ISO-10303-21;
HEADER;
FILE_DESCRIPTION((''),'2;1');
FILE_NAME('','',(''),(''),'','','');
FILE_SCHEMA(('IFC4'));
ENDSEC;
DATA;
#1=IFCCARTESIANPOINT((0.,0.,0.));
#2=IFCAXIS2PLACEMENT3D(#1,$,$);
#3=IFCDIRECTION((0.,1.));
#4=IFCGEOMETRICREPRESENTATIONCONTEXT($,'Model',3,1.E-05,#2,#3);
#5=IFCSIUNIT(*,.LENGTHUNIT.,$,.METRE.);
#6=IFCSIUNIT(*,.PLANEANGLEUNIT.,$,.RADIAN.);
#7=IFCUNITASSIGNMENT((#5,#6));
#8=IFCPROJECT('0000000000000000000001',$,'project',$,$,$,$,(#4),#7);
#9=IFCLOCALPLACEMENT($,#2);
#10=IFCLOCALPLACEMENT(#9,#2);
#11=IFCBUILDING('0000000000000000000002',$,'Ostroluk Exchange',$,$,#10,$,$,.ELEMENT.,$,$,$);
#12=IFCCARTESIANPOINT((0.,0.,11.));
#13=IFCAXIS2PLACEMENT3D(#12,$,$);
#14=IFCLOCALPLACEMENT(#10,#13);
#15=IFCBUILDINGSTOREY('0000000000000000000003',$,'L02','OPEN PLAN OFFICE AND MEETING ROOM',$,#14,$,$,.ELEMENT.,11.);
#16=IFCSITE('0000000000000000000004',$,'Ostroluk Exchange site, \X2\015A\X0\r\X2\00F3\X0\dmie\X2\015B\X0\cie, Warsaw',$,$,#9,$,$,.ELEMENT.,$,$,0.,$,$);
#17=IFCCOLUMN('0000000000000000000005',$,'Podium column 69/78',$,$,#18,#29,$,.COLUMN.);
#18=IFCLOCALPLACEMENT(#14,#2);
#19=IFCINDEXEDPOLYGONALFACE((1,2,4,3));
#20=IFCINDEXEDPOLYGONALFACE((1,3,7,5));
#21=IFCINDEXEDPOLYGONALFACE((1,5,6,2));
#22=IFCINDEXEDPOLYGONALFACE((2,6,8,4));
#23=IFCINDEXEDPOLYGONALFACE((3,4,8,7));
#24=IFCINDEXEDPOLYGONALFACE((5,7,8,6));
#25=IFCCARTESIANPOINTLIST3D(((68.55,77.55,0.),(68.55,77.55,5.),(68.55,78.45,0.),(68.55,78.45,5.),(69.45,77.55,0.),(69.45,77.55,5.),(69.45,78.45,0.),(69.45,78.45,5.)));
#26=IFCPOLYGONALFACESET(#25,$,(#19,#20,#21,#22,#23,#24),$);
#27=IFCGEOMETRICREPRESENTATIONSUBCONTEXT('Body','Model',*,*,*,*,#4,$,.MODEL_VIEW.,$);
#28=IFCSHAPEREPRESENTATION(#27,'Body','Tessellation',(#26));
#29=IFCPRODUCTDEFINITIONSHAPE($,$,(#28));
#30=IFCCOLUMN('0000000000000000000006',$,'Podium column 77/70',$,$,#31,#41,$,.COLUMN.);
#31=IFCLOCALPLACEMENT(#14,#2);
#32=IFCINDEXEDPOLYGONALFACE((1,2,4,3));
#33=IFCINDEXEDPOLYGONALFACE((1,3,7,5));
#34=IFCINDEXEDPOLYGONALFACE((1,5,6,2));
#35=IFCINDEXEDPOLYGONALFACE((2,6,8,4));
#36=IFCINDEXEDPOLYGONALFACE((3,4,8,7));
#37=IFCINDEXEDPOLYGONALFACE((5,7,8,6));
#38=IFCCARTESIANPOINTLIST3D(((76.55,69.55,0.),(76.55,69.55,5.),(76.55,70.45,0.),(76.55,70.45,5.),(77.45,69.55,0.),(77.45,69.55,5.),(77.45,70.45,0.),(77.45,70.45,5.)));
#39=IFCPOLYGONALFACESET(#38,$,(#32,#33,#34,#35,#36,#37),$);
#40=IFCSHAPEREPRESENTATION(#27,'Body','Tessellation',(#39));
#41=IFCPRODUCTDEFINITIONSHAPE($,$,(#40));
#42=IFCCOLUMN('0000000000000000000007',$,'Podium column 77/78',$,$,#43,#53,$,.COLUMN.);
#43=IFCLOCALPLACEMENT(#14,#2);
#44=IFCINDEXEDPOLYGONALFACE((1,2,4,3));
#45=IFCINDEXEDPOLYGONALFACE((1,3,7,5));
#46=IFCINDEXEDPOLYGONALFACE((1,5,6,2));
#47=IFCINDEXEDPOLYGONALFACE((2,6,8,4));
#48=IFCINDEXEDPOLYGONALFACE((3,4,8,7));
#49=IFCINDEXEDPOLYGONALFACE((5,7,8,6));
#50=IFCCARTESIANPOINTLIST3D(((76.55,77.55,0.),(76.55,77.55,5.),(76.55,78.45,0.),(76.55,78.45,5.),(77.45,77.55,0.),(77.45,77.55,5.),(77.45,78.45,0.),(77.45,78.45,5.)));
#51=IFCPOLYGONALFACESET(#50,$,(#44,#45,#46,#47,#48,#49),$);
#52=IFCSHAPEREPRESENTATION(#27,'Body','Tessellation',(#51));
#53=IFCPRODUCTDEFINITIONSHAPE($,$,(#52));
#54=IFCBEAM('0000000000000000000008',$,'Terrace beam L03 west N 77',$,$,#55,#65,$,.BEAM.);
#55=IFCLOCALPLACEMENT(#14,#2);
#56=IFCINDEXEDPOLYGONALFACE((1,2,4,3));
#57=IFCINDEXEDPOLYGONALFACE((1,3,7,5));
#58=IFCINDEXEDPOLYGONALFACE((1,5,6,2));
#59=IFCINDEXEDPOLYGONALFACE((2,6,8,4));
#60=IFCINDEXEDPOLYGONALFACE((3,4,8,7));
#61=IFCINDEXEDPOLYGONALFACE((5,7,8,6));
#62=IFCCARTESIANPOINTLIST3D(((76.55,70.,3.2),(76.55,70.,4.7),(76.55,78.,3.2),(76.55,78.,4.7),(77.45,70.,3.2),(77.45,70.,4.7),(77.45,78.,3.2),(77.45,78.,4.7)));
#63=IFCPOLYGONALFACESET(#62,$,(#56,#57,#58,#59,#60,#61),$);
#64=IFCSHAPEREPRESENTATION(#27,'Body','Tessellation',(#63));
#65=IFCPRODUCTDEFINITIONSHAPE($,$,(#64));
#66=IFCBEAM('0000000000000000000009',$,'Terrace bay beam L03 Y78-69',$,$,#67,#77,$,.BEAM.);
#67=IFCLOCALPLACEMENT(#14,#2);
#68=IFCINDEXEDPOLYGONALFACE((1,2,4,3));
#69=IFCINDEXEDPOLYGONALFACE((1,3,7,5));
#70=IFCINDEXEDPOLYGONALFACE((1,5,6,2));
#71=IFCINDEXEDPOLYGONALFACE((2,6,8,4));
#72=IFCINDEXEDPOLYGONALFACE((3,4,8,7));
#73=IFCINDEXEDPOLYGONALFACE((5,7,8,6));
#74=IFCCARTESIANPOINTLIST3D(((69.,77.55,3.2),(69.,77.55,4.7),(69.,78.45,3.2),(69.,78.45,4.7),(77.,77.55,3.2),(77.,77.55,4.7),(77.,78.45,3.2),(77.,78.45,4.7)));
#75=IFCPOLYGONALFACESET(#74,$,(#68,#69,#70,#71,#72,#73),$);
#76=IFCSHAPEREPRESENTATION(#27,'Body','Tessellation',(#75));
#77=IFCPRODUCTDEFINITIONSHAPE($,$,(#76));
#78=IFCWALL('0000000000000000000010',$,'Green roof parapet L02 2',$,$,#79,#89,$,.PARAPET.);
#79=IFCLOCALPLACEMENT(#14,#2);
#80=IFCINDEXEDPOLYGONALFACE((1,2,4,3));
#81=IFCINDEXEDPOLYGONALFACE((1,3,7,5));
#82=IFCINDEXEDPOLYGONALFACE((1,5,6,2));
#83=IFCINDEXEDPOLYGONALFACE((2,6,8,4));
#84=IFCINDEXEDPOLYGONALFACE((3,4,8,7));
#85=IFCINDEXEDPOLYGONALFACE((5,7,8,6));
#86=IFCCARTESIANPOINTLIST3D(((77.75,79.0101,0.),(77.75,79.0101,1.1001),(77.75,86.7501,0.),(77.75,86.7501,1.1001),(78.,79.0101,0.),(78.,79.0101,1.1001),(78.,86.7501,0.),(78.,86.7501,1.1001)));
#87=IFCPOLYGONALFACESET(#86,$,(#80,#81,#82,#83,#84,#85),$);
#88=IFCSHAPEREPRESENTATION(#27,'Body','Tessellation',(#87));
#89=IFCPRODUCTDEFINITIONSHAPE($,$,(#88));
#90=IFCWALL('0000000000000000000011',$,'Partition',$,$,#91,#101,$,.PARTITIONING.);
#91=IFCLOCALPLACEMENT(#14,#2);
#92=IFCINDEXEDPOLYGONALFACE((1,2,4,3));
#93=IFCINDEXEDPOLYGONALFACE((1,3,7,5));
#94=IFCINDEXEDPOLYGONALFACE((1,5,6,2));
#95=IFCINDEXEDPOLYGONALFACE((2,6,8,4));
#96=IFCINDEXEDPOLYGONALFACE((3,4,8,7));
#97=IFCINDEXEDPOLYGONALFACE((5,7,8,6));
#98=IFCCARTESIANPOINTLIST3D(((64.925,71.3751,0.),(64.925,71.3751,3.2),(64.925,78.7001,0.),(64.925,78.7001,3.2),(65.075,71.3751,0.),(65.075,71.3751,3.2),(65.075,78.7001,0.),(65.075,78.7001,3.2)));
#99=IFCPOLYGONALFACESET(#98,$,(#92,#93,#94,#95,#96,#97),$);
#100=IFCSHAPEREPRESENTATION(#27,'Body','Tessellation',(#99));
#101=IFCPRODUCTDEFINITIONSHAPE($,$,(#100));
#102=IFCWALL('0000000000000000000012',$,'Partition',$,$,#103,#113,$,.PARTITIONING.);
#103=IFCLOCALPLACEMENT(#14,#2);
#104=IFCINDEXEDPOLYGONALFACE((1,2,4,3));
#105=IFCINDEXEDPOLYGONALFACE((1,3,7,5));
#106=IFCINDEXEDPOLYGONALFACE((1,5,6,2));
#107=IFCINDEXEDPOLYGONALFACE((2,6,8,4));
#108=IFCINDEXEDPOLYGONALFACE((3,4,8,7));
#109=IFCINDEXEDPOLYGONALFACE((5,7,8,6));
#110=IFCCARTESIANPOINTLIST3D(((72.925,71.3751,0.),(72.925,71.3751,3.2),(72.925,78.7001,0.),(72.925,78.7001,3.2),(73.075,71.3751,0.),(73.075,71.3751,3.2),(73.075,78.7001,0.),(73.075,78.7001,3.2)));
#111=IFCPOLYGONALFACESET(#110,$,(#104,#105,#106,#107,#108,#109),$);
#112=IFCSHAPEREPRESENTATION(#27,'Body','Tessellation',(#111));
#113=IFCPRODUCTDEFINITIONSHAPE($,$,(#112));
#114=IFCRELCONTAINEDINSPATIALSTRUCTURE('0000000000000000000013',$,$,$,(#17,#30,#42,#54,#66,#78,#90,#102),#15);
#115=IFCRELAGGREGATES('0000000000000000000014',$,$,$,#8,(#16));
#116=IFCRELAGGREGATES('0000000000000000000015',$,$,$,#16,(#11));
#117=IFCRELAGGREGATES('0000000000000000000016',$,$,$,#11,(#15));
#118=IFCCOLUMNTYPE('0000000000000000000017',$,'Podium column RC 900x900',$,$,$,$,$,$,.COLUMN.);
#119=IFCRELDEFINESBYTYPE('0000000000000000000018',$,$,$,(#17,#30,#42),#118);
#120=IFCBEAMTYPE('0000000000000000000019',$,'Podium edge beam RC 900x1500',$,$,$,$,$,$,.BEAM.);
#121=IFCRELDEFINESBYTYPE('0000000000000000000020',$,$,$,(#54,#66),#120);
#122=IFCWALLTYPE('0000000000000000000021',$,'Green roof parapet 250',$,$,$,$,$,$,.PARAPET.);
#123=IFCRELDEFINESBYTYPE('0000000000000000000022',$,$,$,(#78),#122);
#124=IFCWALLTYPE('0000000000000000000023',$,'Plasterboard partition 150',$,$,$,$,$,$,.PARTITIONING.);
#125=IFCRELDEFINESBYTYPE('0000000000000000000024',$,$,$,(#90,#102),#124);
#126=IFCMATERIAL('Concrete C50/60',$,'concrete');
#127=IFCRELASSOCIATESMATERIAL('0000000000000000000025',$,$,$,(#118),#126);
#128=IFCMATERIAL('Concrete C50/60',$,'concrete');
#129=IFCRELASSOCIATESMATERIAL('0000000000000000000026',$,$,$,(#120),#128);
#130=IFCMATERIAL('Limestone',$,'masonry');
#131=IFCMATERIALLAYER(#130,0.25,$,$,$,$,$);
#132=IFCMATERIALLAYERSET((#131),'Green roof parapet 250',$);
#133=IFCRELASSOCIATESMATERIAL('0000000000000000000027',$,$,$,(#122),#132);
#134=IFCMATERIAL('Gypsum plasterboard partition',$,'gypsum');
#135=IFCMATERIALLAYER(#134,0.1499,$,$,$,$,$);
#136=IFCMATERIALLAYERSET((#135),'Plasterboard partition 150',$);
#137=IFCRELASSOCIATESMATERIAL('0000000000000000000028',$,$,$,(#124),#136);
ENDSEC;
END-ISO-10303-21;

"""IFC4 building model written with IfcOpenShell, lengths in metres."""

from ifc_helpers import new_model, si_unit, direction, frame, frame_2d, origin, origin_2d, place, context, subcontext, project, spatial, rectangle, extrude, material, layer, layer_set, material_profile, profile_set, type_object, element, save


model = new_model("IFC4")

# Units and contexts
model_context = context("Model", 3, precision=1e-05, world=origin(), true_north=direction((0.0, 1.0)))
body_context = subcontext(model_context, "Body", "Model", "MODEL_VIEW")
ifc_project = project(units=[si_unit("LENGTHUNIT", "METRE"), si_unit("PLANEANGLEUNIT", "RADIAN")], contexts=[model_context])

# Site, building, storey
site_placement = place(None, origin())
site = spatial("IfcSite", under=ifc_project, at=site_placement, Name="Ostroluk Exchange site, Śródmieście, Warsaw", CompositionType="ELEMENT", RefElevation=0.0)
building_placement = place(site_placement, origin())
building = spatial("IfcBuilding", under=site, at=building_placement, Name="Ostroluk Exchange", CompositionType="ELEMENT")
storey_placement = place(building_placement, frame((0.0, 0.0, 11.0)))
storey = spatial("IfcBuildingStorey", under=building, at=storey_placement, Name="L02", Description="OPEN PLAN OFFICE AND MEETING ROOM", CompositionType="ELEMENT", Elevation=11.0)

# Columns
ifc_material_1 = material(Name="Concrete C50/60", Category="concrete")
ifc_material_profile_1 = material_profile(ifc_material_1, rectangle(XDim=0.8999, YDim=0.8999, at=origin_2d()), Name="RC 900x900")
ifc_profile_set_1 = profile_set([ifc_material_profile_1], Name="Concrete C50/60")
column_type = type_object("IfcColumnType", Name="Podium column RC 900x900", PredefinedType="COLUMN", material=ifc_profile_set_1)
for number, where, z_axis, x_axis, name in (
    (1, (69.0, 78.0, 0.0), (0.0, 0.0, 1.0), (1.0, 0.0, 0.0), "Podium column 69/78"),
    (2, (77.0, 70.0, 0.0), (0.0, 0.0, 1.0), (1.0, 0.0, 0.0), "Podium column 77/70"),
    (3, (77.0, 78.0, 0.0), (0.0, 0.0, 1.0), (1.0, 0.0, 0.0), "Podium column 77/78"),
):
    element("IfcColumn", number, at=place(storey_placement, frame(where, z_axis=z_axis, x_axis=x_axis)), inside=storey, type_object=column_type, Name=name, PredefinedType="COLUMN", context=body_context, shape_type="SweptSolid", body=[
        extrude(rectangle(XDim=0.8999, YDim=0.8999, at=origin_2d()), origin(), (0.0, 0.0, 1.0), 5.0),
    ])

# Beams
ifc_material_2 = material(Name="Concrete C50/60", Category="concrete")
ifc_material_profile_2 = material_profile(ifc_material_2, rectangle(XDim=0.8999, YDim=1.5, at=origin_2d()), Name="RC 900x1500")
ifc_profile_set_2 = profile_set([ifc_material_profile_2], Name="Concrete C50/60")
beam_type = type_object("IfcBeamType", Name="Podium edge beam RC 900x1500", PredefinedType="BEAM", material=ifc_profile_set_2)
for number, where, z_axis, x_axis, name in (
    (4, (77.0, 78.0, 3.95), (0.0, -1.0, 0.0), (1.0, 0.0, 0.0), "Terrace beam L03 west N 77"),
    (5, (69.0, 78.0, 3.95), (1.0, 0.0, 0.0), (0.0, 1.0, 0.0), "Terrace bay beam L03 Y78-69"),
):
    element("IfcBeam", number, at=place(storey_placement, frame(where, z_axis=z_axis, x_axis=x_axis)), inside=storey, type_object=beam_type, Name=name, PredefinedType="BEAM", context=body_context, shape_type="SweptSolid", body=[
        extrude(rectangle(XDim=0.8999, YDim=1.5, at=origin_2d()), origin(), (0.0, 0.0, 1.0), 8.0),
    ])

# Wall
ifc_material_3 = material(Name="Limestone", Category="masonry")
ifc_layer_1 = layer(ifc_material_3, 0.25)
ifc_layer_set_1 = layer_set([ifc_layer_1], Name="Green roof parapet 250")
wall_type_1 = type_object("IfcWallType", Name="Green roof parapet 250", PredefinedType="PARAPET", material=ifc_layer_set_1)
wall_1_placement = place(storey_placement, frame((77.875, 79.01, 0.0), z_axis=(0.0, 0.0, 1.0), x_axis=(0.0, 1.0, 0.0)))
element("IfcWall", 6, at=wall_1_placement, inside=storey, type_object=wall_type_1, Name="Green roof parapet L02 2", PredefinedType="PARAPET", context=body_context, shape_type="SweptSolid", body=[
    extrude(rectangle(XDim=7.74, YDim=0.25, at=frame_2d((3.8701, 0.0))), origin(), (0.0, 0.0, 1.0), 1.1001),
])

# Walls
ifc_material_4 = material(Name="Gypsum plasterboard partition", Category="gypsum")
ifc_layer_2 = layer(ifc_material_4, 0.1499)
ifc_layer_set_2 = layer_set([ifc_layer_2], Name="Plasterboard partition 150")
wall_type_2 = type_object("IfcWallType", Name="Plasterboard partition 150", PredefinedType="PARTITIONING", material=ifc_layer_set_2)
for number, where, z_axis, x_axis, name in (
    (7, (65.0, 71.375, 0.0), (0.0, 0.0, 1.0), (0.0, 1.0, 0.0), "Partition"),
    (8, (73.0, 71.375, 0.0), (0.0, 0.0, 1.0), (0.0, 1.0, 0.0), "Partition"),
):
    element("IfcWall", number, at=place(storey_placement, frame(where, z_axis=z_axis, x_axis=x_axis)), inside=storey, type_object=wall_type_2, Name=name, PredefinedType="PARTITIONING", context=body_context, shape_type="SweptSolid", body=[
        extrude(rectangle(XDim=7.325, YDim=0.1499, at=frame_2d((3.6626, 0.0))), origin(), (0.0, 0.0, 1.0), 3.2),
    ])

save(model, "model.ifc")
